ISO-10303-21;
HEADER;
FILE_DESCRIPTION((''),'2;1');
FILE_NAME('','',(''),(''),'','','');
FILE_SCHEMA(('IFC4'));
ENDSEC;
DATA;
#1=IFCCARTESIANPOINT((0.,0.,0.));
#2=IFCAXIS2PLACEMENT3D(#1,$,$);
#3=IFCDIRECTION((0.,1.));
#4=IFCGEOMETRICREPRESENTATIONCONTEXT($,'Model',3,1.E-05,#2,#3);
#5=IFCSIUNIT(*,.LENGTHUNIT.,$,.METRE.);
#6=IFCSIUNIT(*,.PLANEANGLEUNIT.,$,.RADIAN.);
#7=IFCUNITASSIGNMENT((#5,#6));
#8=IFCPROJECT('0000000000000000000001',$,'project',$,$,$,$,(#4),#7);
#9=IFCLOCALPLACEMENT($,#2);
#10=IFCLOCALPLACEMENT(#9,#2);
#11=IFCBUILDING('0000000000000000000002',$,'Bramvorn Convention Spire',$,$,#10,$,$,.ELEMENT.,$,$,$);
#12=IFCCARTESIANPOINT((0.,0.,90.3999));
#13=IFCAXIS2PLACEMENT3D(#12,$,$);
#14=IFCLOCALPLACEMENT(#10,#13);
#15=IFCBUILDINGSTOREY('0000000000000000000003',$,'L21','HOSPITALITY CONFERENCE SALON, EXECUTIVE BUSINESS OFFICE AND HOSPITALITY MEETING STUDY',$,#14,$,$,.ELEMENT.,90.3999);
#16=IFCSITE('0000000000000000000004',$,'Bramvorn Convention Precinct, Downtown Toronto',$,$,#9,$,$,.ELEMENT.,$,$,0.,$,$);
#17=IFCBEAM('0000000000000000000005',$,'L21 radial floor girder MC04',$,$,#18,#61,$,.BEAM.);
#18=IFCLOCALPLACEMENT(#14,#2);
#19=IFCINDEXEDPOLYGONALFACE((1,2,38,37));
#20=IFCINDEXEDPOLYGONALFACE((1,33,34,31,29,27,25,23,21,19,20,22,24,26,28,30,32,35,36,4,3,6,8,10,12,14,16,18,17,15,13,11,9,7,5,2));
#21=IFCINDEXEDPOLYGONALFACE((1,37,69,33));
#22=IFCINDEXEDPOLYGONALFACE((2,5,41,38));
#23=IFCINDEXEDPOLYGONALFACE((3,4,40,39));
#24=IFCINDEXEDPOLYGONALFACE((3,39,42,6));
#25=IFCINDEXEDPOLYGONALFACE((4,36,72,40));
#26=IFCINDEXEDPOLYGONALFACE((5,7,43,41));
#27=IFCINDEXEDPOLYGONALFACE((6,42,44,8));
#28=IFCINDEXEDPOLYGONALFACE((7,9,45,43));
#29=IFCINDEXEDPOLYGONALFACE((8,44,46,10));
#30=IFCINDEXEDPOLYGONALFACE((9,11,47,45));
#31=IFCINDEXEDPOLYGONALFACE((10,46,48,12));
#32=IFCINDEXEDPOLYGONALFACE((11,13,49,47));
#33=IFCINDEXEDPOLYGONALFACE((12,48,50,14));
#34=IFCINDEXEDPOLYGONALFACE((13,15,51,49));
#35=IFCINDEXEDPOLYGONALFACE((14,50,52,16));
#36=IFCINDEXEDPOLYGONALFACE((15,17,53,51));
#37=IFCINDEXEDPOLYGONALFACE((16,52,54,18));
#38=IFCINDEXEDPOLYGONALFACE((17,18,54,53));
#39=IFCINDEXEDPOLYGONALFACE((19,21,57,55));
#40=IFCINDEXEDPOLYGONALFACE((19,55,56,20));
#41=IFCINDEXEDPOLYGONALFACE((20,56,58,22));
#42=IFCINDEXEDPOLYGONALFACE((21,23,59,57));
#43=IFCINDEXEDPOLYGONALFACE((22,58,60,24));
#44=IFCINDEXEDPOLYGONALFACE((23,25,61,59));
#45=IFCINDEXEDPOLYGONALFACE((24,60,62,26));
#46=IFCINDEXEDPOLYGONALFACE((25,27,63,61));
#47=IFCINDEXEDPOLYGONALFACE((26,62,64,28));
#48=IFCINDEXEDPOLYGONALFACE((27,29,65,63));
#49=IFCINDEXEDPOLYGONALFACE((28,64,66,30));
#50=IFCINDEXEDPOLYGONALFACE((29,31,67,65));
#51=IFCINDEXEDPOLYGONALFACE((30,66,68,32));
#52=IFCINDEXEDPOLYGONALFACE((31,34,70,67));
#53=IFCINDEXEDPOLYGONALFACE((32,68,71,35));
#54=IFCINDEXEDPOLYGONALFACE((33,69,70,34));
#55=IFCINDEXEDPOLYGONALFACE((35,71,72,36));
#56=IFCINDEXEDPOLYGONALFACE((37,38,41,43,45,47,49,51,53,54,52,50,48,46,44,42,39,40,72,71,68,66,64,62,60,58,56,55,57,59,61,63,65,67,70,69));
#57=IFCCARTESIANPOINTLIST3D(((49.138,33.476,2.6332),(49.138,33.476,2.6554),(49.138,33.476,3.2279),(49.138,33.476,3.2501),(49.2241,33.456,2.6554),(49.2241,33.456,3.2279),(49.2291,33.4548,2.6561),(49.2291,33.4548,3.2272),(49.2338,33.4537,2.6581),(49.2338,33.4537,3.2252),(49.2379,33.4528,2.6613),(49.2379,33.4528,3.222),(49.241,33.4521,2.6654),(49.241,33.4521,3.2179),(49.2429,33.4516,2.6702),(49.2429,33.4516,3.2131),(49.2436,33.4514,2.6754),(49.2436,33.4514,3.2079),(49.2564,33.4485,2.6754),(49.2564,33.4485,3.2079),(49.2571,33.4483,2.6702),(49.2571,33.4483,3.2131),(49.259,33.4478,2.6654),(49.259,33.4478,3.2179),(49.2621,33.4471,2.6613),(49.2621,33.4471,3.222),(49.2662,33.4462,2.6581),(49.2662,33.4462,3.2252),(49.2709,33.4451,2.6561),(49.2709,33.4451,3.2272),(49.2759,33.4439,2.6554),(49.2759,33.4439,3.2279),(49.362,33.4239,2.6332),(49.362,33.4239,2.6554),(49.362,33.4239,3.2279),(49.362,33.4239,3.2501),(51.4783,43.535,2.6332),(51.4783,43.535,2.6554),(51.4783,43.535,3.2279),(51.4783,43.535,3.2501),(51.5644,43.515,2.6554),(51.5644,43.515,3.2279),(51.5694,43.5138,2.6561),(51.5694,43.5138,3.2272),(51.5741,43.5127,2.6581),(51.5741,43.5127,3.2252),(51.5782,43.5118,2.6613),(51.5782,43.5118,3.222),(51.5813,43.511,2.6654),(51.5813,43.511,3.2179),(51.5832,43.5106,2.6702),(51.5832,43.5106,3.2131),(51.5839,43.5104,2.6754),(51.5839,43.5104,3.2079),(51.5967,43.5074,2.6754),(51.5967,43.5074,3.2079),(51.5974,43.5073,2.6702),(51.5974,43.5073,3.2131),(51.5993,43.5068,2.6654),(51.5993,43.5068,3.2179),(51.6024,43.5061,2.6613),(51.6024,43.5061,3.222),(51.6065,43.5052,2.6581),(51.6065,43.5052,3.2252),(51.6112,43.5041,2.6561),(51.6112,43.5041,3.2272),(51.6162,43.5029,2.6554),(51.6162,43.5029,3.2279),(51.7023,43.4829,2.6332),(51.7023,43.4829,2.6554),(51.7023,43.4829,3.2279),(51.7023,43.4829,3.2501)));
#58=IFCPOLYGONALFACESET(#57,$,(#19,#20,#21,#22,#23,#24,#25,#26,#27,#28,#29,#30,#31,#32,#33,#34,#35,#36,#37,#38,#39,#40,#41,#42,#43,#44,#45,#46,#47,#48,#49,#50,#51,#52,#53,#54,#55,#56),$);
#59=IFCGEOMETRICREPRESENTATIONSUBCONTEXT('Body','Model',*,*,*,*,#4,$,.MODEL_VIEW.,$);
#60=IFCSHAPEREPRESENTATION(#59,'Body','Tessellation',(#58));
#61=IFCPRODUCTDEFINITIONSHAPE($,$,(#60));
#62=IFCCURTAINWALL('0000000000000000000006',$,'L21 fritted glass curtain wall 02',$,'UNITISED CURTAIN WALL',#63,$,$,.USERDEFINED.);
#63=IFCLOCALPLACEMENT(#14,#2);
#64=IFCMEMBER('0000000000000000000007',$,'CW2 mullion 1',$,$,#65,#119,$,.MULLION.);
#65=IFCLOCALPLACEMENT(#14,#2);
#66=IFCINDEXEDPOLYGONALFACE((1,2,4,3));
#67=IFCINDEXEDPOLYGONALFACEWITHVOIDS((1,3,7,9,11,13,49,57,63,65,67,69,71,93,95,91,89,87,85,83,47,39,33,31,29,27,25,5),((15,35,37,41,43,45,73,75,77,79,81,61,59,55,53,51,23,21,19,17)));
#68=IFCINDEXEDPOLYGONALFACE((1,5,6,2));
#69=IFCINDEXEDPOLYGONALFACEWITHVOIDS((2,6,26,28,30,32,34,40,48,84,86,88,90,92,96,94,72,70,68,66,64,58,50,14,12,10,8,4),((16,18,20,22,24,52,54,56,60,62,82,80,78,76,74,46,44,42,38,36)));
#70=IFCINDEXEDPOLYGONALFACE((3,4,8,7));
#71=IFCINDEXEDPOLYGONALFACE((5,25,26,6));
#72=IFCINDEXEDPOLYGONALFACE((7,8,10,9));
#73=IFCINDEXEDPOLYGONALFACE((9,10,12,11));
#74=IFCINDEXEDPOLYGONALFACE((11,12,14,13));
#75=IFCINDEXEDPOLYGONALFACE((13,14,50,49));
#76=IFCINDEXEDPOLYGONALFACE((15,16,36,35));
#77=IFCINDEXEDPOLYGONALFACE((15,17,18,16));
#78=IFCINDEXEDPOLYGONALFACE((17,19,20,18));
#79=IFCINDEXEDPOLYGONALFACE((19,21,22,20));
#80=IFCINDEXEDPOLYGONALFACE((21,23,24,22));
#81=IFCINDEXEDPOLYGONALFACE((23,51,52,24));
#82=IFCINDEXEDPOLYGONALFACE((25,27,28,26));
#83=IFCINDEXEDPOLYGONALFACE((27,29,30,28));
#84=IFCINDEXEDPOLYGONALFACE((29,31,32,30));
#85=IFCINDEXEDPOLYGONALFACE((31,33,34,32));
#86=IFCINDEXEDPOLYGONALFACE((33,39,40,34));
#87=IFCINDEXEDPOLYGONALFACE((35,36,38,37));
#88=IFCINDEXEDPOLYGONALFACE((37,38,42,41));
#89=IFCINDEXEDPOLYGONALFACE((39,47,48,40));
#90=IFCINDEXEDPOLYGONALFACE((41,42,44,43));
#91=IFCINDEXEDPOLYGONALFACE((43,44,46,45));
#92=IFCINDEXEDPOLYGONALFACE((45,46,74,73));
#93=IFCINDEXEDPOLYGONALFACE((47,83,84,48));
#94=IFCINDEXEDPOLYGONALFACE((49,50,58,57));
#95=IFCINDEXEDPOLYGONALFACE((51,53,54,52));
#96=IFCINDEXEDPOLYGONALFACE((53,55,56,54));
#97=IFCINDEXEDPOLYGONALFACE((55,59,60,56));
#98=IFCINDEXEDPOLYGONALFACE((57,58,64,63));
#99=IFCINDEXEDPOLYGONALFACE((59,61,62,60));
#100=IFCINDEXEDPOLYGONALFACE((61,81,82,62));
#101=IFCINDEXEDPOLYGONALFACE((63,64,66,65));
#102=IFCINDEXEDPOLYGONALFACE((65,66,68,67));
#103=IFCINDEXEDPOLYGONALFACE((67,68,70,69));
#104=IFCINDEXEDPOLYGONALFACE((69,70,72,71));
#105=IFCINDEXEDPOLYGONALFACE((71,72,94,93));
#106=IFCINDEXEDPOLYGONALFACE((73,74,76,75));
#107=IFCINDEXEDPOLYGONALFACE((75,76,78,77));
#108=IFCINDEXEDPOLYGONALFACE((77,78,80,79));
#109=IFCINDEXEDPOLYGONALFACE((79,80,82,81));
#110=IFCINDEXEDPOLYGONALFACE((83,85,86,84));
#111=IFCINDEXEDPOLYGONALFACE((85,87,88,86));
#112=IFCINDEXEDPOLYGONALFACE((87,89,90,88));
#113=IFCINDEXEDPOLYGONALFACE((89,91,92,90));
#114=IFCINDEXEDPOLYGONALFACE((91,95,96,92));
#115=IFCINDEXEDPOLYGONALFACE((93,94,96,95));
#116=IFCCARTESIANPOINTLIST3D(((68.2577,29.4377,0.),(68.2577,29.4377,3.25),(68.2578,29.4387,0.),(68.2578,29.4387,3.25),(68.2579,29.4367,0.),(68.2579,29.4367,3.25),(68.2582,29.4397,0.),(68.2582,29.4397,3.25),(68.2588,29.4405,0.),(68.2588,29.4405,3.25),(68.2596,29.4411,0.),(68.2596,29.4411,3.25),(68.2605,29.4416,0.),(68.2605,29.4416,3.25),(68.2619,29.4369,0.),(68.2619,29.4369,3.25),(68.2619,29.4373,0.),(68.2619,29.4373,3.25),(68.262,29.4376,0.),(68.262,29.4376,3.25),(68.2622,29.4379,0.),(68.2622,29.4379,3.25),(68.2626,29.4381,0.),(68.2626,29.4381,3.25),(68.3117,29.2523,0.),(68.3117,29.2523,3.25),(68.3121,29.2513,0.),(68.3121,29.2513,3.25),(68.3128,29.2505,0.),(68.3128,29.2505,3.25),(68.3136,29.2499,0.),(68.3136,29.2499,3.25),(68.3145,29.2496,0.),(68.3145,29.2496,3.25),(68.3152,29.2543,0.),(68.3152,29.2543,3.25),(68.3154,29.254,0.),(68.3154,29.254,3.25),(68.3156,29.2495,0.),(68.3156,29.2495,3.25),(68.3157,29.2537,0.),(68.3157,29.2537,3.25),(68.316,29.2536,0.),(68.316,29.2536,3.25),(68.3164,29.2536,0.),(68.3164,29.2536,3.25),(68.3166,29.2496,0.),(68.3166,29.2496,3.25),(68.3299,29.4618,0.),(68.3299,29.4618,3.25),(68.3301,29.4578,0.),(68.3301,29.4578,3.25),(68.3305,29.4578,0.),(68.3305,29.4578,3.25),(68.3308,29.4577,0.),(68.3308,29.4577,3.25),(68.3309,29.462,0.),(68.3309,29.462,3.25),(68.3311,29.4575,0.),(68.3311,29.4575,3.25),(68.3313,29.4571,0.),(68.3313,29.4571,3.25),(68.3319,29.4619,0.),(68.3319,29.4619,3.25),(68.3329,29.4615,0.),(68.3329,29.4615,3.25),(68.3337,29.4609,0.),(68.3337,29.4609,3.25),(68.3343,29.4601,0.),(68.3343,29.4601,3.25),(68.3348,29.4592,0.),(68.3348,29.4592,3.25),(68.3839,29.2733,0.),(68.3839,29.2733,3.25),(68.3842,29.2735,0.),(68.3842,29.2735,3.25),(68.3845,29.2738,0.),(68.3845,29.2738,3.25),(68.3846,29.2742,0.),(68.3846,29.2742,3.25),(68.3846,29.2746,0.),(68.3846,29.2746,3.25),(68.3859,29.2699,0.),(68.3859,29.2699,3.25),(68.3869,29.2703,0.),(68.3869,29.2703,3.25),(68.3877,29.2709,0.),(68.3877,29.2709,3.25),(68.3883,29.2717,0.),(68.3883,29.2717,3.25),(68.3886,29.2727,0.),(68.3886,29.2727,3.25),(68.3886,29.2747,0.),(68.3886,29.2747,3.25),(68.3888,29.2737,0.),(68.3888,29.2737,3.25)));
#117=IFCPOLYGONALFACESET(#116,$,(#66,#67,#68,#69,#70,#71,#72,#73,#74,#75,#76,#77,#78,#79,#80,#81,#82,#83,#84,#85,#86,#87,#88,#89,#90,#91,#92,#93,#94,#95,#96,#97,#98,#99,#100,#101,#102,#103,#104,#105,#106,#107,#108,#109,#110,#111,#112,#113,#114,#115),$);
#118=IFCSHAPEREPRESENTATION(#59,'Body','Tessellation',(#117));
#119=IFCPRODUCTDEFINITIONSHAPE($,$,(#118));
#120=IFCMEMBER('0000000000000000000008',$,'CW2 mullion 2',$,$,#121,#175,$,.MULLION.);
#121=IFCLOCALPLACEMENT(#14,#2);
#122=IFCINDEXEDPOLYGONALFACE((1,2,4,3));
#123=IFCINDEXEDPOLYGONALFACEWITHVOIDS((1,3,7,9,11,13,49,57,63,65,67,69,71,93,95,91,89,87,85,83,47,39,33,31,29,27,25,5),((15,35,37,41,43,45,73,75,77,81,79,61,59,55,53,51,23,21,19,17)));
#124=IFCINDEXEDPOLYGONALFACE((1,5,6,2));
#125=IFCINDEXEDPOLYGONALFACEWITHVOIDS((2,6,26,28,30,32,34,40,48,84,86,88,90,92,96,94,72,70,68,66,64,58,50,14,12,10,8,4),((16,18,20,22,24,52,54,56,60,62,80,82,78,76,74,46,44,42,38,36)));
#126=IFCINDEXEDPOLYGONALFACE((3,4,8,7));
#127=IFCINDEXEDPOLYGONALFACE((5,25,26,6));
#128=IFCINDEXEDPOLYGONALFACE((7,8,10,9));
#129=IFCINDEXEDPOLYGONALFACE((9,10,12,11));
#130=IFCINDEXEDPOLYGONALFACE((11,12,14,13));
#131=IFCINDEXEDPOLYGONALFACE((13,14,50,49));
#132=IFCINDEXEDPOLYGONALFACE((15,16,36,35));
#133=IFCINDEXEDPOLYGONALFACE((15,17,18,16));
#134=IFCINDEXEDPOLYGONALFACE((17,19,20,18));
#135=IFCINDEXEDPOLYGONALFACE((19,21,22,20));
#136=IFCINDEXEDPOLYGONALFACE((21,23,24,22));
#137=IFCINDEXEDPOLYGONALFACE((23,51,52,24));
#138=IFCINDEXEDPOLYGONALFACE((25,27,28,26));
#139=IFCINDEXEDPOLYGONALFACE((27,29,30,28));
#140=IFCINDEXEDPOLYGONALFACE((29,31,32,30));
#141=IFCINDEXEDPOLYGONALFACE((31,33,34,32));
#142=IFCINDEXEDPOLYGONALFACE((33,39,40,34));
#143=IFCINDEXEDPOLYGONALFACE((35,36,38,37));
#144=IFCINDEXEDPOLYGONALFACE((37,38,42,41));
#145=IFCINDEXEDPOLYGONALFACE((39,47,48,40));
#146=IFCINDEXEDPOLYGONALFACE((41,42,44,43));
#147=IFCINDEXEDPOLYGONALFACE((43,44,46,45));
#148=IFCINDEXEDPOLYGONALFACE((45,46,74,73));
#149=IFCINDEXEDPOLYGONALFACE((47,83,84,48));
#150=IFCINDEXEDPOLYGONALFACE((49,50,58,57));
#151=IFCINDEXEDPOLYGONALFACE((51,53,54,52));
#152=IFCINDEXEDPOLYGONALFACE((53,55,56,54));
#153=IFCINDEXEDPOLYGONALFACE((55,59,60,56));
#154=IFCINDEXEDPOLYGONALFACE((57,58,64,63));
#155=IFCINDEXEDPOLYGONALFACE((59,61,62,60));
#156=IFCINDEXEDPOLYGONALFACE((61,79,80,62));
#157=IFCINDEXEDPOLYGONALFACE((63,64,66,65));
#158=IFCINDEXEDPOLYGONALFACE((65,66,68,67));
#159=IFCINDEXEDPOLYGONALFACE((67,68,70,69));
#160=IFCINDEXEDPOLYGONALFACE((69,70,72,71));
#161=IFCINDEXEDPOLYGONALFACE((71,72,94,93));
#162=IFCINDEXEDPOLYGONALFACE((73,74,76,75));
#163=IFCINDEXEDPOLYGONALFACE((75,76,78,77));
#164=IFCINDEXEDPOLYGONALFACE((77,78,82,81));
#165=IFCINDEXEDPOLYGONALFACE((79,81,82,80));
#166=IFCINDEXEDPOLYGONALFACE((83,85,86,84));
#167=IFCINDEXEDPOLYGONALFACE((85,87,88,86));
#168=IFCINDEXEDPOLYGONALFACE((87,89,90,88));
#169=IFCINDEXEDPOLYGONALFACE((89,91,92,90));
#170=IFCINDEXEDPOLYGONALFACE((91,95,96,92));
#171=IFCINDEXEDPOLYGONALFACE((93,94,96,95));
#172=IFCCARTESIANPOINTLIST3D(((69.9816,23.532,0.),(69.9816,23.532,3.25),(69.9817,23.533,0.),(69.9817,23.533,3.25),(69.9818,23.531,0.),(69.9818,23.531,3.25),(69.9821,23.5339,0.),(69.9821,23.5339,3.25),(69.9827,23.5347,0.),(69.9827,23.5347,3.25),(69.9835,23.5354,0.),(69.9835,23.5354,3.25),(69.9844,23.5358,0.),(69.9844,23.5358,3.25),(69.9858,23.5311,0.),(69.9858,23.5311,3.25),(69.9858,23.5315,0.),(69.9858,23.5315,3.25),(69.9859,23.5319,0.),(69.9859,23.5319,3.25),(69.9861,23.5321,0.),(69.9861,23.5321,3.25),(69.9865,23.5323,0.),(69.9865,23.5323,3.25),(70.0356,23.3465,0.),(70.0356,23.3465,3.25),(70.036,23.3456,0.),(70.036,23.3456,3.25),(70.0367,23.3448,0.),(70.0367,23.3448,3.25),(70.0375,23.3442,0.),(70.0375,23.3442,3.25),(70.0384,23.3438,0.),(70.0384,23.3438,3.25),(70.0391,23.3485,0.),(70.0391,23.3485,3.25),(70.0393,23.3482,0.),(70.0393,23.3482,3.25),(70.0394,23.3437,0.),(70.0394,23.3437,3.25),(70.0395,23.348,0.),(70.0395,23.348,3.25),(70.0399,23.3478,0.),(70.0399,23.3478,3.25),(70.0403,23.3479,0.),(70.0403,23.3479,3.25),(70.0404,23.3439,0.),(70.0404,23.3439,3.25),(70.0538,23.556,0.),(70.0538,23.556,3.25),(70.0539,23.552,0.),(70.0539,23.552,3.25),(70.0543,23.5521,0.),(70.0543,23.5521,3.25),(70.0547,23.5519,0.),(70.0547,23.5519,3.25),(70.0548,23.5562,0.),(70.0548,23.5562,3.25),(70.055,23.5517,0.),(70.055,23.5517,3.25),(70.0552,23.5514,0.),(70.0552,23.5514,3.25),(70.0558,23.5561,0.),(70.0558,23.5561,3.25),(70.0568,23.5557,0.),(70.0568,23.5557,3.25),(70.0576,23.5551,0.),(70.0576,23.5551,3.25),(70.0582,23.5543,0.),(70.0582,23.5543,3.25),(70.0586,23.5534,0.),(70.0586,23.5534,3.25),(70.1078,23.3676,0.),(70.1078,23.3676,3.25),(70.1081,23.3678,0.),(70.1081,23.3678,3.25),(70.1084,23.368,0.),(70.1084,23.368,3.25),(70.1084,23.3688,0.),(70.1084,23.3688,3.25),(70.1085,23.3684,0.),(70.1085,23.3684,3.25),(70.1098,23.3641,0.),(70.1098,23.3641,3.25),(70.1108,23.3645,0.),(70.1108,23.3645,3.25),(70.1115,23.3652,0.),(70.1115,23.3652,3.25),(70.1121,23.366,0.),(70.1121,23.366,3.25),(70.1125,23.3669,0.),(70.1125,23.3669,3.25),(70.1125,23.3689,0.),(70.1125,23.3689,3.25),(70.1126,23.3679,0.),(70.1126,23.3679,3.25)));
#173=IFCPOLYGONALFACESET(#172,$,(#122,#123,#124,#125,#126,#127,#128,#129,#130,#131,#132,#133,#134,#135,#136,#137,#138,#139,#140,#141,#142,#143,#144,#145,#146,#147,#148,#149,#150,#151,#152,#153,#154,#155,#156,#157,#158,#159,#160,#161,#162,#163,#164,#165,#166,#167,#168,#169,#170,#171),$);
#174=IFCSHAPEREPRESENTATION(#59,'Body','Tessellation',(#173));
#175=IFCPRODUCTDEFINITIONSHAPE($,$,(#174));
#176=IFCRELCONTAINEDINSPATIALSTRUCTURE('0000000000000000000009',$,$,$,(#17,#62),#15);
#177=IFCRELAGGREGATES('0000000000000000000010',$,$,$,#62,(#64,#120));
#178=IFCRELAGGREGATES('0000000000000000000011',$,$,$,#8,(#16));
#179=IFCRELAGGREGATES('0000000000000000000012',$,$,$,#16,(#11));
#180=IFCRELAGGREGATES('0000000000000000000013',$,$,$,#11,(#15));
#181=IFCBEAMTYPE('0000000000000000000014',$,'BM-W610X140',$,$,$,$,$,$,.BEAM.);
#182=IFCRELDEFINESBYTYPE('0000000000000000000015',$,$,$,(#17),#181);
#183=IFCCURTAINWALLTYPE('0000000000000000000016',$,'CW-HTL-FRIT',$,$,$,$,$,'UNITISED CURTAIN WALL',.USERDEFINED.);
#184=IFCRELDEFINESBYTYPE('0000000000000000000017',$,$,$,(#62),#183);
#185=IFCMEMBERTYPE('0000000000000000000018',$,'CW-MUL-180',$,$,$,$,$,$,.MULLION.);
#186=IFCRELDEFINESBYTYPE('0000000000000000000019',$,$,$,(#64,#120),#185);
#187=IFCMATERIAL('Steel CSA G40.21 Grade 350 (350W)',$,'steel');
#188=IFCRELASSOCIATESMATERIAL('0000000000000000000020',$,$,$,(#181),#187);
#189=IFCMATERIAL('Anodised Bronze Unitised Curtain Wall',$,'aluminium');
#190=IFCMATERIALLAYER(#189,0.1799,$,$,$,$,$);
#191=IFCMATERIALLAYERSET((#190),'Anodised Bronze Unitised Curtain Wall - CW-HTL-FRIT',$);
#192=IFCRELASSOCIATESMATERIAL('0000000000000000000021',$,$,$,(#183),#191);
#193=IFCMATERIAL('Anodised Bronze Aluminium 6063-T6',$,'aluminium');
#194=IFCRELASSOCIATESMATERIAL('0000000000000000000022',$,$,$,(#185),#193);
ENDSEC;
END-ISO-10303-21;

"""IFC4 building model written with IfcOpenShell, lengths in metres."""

from ifc_helpers import new_model, si_unit, direction, frame, origin, origin_2d, place, context, subcontext, project, spatial, hollow_rectangle, i_section, extrude, material, layer, layer_set, material_profile, profile_set, type_object, element, aggregate, save


model = new_model("IFC4")

# Units and contexts
model_context = context("Model", 3, precision=1e-05, world=origin(), true_north=direction((0.0, 1.0)))
body_context = subcontext(model_context, "Body", "Model", "MODEL_VIEW")
ifc_project = project(units=[si_unit("LENGTHUNIT", "METRE"), si_unit("PLANEANGLEUNIT", "RADIAN")], contexts=[model_context])

# Site, building, storey
site_placement = place(None, origin())
site = spatial("IfcSite", under=ifc_project, at=site_placement, Name="Bramvorn Convention Precinct, Downtown Toronto", CompositionType="ELEMENT", RefElevation=0.0)
building_placement = place(site_placement, origin())
building = spatial("IfcBuilding", under=site, at=building_placement, Name="Bramvorn Convention Spire", CompositionType="ELEMENT")
storey_placement = place(building_placement, frame((0.0, 0.0, 90.3999)))
storey = spatial("IfcBuildingStorey", under=building, at=storey_placement, Name="L21", Description="HOSPITALITY CONFERENCE SALON, EXECUTIVE BUSINESS OFFICE AND HOSPITALITY MEETING STUDY", CompositionType="ELEMENT", Elevation=90.3999)

# Shared definitions
ifc_material_1 = material(Name="Steel CSA G40.21 Grade 350 (350W)", Category="steel")

# Beam
ifc_material_profile_1 = material_profile(ifc_material_1, i_section(OverallWidth=0.23, OverallDepth=0.6169, WebThickness=0.0132, FlangeThickness=0.0222, FilletRadius=0.02, at=origin_2d()))
ifc_profile_set_1 = profile_set([ifc_material_profile_1], Name="Steel CSA G40.21 Grade 350 (350W) - W610X140")
beam_type_1 = type_object("IfcBeamType", Name="BM-W610X140", PredefinedType="BEAM", material=ifc_profile_set_1)
beam_1_placement = place(storey_placement, frame((49.25, 33.45, 2.9417), z_axis=(0.226606, 0.973986, 0.0), x_axis=(-0.973986, 0.226606, 0.0)))
element("IfcBeam", 1, at=beam_1_placement, inside=storey, type_object=beam_type_1, Name="L21 radial floor girder MC04", PredefinedType="BEAM", context=body_context, shape_type="SweptSolid", body=[
    extrude(i_section(OverallWidth=0.23, OverallDepth=0.6169, WebThickness=0.0132, FlangeThickness=0.0222, FilletRadius=0.02, at=origin_2d()), origin(), (0.0, 0.0, 1.0), 10.3276),
])

# Curtain wall, members
ifc_material_2 = material(Name="Anodised Bronze Unitised Curtain Wall", Category="aluminium")
ifc_layer_1 = layer(ifc_material_2, 0.1799)
ifc_layer_set_1 = layer_set([ifc_layer_1], Name="Anodised Bronze Unitised Curtain Wall - CW-HTL-FRIT")
curtain_wall_type = type_object("IfcCurtainWallType", Name="CW-HTL-FRIT", ElementType="UNITISED CURTAIN WALL", PredefinedType="USERDEFINED", material=ifc_layer_set_1)
curtain_wall_1_placement = place(storey_placement, origin())
curtain_wall_1 = element("IfcCurtainWall", 2, at=curtain_wall_1_placement, inside=storey, type_object=curtain_wall_type, Name="L21 fritted glass curtain wall 02", ObjectType="UNITISED CURTAIN WALL", PredefinedType="USERDEFINED")
ifc_material_3 = material(Name="Anodised Bronze Aluminium 6063-T6", Category="aluminium")
ifc_material_profile_2 = material_profile(ifc_material_3, hollow_rectangle(XDim=0.0801, YDim=0.2, WallThickness=0.0039, InnerFilletRadius=0.001, OuterFilletRadius=0.0039, at=origin_2d()))
ifc_profile_set_2 = profile_set([ifc_material_profile_2], Name="Anodised Bronze Aluminium 6063-T6 - CWM80X200")
member_type_1 = type_object("IfcMemberType", Name="CW-MUL-180", PredefinedType="MULLION", material=ifc_profile_set_2)
member_1_placement = place(storey_placement, frame((68.3232, 29.3557, 0.0), z_axis=(0.0, 0.0, 1.0), x_axis=(0.959942, 0.280198, 0.0)))
member_1 = element("IfcMember", 3, at=member_1_placement, type_object=member_type_1, Name="CW2 mullion 1", PredefinedType="MULLION", context=body_context, shape_type="SweptSolid", body=[
    extrude(hollow_rectangle(XDim=0.0801, YDim=0.2, WallThickness=0.0039, InnerFilletRadius=0.001, OuterFilletRadius=0.0039, at=origin_2d()), origin(), (0.0, 0.0, 1.0), 3.25),
])
member_2_placement = place(storey_placement, frame((70.0471, 23.45, 0.0), z_axis=(0.0, 0.0, 1.0), x_axis=(0.959942, 0.280198, 0.0)))
member_2 = element("IfcMember", 4, at=member_2_placement, type_object=member_type_1, Name="CW2 mullion 2", PredefinedType="MULLION", context=body_context, shape_type="SweptSolid", body=[
    extrude(hollow_rectangle(XDim=0.0801, YDim=0.2, WallThickness=0.0039, InnerFilletRadius=0.001, OuterFilletRadius=0.0039, at=origin_2d()), origin(), (0.0, 0.0, 1.0), 3.25),
])

aggregate(curtain_wall_1, [member_1, member_2])

save(model, "model.ifc")
